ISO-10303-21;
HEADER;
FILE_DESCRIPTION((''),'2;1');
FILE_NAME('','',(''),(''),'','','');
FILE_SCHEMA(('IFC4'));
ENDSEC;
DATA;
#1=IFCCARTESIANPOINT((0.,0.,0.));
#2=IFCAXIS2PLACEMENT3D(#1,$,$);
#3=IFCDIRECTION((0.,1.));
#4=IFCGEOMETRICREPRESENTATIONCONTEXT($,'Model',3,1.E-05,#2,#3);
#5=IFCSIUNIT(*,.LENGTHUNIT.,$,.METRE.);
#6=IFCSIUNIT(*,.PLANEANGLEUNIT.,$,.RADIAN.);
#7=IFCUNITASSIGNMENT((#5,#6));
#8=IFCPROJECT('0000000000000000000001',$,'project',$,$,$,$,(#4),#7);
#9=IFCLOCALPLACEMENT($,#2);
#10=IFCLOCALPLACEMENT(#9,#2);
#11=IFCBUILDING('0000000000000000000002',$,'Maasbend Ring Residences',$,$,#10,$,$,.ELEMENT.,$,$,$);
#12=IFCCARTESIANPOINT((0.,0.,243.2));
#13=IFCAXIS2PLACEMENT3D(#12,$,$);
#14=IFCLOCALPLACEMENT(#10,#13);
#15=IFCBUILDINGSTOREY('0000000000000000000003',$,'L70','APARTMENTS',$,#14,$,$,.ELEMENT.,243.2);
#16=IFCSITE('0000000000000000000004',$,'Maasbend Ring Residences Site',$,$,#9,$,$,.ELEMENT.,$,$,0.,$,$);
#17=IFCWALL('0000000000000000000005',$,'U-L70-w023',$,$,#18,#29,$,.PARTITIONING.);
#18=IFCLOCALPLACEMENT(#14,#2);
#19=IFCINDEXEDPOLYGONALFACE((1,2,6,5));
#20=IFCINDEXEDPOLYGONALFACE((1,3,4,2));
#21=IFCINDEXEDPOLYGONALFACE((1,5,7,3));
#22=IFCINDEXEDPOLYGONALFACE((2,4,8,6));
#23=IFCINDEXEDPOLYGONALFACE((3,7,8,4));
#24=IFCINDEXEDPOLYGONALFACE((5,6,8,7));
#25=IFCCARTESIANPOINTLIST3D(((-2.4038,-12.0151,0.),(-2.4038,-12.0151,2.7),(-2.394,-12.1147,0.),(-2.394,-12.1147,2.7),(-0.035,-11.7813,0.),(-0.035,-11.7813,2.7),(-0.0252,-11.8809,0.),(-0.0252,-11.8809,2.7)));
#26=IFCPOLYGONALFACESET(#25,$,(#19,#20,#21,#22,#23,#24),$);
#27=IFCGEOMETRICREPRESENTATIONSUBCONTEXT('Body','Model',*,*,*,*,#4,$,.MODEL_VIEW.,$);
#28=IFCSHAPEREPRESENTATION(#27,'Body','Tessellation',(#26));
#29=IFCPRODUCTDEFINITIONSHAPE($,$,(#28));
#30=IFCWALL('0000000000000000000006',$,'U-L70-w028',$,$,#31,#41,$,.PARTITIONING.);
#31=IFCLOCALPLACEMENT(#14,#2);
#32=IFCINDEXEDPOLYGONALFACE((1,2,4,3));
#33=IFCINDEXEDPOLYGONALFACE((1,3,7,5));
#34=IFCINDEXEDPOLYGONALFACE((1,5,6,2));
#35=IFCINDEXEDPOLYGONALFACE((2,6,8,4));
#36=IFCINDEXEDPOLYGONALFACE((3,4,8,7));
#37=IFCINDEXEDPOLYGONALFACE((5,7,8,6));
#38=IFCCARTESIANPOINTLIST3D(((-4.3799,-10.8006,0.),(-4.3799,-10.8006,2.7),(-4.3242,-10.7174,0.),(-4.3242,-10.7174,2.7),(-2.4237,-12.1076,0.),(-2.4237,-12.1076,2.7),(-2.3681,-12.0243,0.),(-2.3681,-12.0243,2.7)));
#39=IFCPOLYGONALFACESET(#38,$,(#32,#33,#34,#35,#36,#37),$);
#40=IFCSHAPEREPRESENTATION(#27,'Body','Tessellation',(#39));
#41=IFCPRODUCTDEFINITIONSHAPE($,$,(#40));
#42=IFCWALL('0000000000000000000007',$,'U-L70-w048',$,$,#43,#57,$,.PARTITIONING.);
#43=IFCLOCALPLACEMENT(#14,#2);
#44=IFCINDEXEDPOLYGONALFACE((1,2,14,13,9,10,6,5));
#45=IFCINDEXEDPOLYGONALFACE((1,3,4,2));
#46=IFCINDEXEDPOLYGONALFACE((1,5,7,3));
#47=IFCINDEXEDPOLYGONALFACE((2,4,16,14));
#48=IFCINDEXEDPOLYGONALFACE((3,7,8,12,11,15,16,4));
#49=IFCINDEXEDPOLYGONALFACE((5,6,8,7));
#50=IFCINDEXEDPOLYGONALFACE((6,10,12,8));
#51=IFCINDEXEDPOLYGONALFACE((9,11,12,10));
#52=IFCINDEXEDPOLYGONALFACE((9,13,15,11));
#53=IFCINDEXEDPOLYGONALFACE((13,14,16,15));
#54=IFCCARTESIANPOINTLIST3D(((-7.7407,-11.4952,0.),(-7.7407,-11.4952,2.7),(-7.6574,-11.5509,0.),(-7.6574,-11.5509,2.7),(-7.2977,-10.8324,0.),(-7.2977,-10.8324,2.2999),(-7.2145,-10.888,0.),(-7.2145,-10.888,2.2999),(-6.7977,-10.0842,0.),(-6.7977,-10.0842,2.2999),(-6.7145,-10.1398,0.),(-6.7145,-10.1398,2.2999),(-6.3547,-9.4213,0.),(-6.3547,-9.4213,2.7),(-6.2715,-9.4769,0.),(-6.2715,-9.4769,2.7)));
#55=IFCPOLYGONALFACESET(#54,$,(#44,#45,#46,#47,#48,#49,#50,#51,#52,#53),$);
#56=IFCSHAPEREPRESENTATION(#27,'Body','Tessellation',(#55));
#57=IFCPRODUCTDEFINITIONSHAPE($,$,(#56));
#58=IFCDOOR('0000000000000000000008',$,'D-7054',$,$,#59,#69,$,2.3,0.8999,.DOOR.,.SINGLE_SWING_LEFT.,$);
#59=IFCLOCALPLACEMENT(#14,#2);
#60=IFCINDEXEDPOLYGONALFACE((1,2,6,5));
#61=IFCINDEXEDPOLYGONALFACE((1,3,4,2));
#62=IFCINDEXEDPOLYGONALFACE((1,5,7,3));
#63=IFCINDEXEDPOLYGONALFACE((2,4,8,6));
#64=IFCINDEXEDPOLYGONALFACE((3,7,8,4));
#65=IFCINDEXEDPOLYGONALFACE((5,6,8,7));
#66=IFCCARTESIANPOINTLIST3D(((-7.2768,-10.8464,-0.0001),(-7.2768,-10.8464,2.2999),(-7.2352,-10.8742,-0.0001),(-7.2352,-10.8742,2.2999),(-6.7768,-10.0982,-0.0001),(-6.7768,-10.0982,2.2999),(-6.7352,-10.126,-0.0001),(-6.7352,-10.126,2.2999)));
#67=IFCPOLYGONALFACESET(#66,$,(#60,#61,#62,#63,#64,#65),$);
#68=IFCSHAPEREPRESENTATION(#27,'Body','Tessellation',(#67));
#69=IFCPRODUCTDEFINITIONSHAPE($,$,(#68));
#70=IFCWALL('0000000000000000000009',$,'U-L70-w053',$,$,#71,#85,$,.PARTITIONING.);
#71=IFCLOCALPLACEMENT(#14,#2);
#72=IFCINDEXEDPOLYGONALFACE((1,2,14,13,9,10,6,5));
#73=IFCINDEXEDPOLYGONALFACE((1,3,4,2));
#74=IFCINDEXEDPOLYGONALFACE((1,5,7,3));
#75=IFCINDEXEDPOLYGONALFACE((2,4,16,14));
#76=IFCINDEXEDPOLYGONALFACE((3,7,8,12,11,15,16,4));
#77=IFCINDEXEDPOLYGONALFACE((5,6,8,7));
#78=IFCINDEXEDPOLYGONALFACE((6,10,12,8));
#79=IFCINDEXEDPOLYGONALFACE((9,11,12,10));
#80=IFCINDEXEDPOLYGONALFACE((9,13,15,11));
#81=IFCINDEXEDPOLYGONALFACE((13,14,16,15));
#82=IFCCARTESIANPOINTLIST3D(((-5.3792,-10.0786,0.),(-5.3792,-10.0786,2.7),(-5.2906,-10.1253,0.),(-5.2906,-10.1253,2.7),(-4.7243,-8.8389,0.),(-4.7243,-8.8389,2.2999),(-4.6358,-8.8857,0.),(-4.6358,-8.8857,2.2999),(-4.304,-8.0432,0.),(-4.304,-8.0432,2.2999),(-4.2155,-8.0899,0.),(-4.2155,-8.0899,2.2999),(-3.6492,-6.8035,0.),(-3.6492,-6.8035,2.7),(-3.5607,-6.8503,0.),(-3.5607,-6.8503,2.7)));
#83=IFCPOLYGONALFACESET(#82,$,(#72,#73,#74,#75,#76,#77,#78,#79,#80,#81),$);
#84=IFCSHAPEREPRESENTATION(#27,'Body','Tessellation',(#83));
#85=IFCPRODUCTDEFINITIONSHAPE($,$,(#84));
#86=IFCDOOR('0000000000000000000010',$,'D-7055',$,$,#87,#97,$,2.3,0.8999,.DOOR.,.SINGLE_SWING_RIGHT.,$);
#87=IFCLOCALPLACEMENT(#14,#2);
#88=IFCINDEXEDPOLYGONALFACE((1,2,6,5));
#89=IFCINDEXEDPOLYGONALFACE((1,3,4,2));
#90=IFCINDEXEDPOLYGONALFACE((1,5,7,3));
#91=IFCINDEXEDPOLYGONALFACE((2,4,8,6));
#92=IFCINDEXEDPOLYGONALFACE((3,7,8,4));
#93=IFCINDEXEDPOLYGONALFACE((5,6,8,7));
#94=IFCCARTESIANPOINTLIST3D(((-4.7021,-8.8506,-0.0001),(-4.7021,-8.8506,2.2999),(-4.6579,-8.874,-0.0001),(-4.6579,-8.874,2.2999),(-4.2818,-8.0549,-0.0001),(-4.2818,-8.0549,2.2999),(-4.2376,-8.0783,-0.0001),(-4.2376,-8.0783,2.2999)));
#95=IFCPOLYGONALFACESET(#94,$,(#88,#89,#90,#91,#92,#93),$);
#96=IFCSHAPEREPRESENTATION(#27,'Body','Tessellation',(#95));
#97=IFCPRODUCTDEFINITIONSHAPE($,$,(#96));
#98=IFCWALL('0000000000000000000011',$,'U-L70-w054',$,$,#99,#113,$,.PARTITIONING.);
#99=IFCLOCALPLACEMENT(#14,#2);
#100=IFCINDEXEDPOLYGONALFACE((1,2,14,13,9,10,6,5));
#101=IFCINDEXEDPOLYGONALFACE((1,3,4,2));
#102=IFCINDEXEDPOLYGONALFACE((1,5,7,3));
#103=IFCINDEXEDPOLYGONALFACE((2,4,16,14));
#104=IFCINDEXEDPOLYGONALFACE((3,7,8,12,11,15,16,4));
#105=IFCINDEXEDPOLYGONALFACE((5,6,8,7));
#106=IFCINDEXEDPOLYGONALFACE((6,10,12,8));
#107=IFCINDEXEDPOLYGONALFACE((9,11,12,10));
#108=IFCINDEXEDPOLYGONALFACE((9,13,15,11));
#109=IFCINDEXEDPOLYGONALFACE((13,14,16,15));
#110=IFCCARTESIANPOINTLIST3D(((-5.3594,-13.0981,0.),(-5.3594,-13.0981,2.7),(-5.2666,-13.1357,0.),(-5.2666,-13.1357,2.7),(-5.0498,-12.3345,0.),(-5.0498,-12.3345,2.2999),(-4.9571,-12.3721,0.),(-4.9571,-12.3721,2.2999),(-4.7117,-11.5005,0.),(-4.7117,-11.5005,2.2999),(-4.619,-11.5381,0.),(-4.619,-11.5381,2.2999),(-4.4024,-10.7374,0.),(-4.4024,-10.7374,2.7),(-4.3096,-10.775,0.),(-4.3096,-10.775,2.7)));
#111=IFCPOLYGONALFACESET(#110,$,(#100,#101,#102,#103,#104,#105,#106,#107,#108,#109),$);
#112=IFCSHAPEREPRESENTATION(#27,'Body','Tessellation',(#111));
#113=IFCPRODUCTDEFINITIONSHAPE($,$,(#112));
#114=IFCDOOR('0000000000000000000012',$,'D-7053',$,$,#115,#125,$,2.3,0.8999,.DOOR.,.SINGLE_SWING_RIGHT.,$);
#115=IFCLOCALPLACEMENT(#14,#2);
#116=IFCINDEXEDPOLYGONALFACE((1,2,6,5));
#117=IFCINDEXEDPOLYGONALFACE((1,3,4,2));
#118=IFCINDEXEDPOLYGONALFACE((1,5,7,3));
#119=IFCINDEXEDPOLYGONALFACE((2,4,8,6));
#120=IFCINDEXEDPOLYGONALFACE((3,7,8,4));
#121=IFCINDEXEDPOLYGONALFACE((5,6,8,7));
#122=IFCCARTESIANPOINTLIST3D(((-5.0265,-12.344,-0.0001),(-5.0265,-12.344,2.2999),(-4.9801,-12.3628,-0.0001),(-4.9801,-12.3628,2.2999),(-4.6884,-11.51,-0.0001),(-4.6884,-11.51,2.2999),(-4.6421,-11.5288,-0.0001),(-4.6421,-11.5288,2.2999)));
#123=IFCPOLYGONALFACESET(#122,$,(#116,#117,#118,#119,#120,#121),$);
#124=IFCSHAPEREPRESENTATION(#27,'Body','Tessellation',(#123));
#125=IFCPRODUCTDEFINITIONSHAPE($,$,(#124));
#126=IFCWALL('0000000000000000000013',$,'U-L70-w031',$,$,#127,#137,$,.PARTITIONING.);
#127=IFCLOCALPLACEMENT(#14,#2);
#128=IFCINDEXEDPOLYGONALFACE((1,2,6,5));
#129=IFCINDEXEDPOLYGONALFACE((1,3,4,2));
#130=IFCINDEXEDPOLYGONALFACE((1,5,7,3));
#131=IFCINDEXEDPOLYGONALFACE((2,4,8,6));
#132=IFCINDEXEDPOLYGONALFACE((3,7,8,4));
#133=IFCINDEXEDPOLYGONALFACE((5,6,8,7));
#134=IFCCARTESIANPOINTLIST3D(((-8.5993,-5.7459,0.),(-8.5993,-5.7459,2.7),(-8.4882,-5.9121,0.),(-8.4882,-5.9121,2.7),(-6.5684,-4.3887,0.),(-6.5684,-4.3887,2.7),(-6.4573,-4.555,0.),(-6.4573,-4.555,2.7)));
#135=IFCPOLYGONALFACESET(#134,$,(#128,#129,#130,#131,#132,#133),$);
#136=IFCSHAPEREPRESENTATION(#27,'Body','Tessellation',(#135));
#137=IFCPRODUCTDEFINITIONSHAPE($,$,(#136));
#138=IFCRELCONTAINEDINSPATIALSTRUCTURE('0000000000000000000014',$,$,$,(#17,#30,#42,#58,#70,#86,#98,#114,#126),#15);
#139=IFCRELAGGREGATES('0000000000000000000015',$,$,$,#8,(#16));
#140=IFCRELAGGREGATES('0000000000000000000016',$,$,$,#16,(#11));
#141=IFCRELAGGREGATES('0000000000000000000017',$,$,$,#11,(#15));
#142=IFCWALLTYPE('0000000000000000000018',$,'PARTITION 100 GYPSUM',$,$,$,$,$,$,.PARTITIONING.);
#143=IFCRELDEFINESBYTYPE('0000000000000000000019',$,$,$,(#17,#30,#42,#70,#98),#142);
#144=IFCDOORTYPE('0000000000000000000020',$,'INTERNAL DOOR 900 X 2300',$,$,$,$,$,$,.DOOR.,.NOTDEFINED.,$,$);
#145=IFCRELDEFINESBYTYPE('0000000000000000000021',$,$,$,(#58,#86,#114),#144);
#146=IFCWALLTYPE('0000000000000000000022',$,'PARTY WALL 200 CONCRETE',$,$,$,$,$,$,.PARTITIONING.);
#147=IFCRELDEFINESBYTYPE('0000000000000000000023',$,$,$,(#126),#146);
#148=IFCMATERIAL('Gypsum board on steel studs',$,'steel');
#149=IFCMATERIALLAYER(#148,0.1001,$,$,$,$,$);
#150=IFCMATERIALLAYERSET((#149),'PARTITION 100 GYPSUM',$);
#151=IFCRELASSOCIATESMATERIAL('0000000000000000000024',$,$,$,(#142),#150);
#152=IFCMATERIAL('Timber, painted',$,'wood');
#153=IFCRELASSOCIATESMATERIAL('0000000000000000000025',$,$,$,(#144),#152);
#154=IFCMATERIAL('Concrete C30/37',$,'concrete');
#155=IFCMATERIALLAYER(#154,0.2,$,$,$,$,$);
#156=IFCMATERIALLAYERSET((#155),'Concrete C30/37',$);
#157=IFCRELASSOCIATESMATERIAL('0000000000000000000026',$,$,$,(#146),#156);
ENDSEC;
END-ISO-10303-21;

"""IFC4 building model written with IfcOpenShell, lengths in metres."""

from ifc_helpers import new_model, si_unit, direction, frame, frame_2d, origin, place, context, subcontext, project, spatial, rectangle, extrude, material, layer, layer_set, type_object, element, fill, save


model = new_model("IFC4")

# Units and contexts
model_context = context("Model", 3, precision=1e-05, world=origin(), true_north=direction((0.0, 1.0)))
body_context = subcontext(model_context, "Body", "Model", "MODEL_VIEW")
ifc_project = project(units=[si_unit("LENGTHUNIT", "METRE"), si_unit("PLANEANGLEUNIT", "RADIAN")], contexts=[model_context])

# Site, building, storey
site_placement = place(None, origin())
site = spatial("IfcSite", under=ifc_project, at=site_placement, Name="Maasbend Ring Residences Site", CompositionType="ELEMENT", RefElevation=0.0)
building_placement = place(site_placement, origin())
building = spatial("IfcBuilding", under=site, at=building_placement, Name="Maasbend Ring Residences", CompositionType="ELEMENT")
storey_placement = place(building_placement, frame((0.0, 0.0, 243.2)))
storey = spatial("IfcBuildingStorey", under=building, at=storey_placement, Name="L70", Description="APARTMENTS", CompositionType="ELEMENT", Elevation=243.2)

# Walls
ifc_material_1 = material(Name="Gypsum board on steel studs", Category="steel")
ifc_layer_1 = layer(ifc_material_1, 0.1001)
ifc_layer_set_1 = layer_set([ifc_layer_1], Name="PARTITION 100 GYPSUM")
wall_type_1 = type_object("IfcWallType", Name="PARTITION 100 GYPSUM", PredefinedType="PARTITIONING", material=ifc_layer_set_1)
wall_1_placement = place(storey_placement, frame((-2.3989, -12.0649, 0.0), z_axis=(0.0, 0.0, 1.0), x_axis=(0.995161, 0.098255, 0.0)))
element("IfcWall", 1, at=wall_1_placement, inside=storey, type_object=wall_type_1, Name="U-L70-w023", PredefinedType="PARTITIONING", context=body_context, shape_type="SweptSolid", body=[
    extrude(rectangle(XDim=2.3804, YDim=0.1001, at=frame_2d((1.1902, 0.0))), origin(), (0.0, 0.0, 1.0), 2.7),
])
wall_2_placement = place(storey_placement, frame((-4.3521, -10.759, 0.0), z_axis=(0.0, 0.0, 1.0), x_axis=(0.831491, -0.555538, 0.0)))
element("IfcWall", 2, at=wall_2_placement, inside=storey, type_object=wall_type_1, Name="U-L70-w028", PredefinedType="PARTITIONING", context=body_context, shape_type="SweptSolid", body=[
    extrude(rectangle(XDim=2.3525, YDim=0.1001, at=frame_2d((1.1763, 0.0))), origin(), (0.0, 0.0, 1.0), 2.7),
])

# Walls, openings, doors
wall_3_placement = place(storey_placement, frame((-7.699, -11.5229, 0.0), z_axis=(0.0, 0.0, 1.0), x_axis=(0.555626, 0.831432, 0.0)))
wall_3 = element("IfcWall", 3, at=wall_3_placement, inside=storey, type_object=wall_type_1, Name="U-L70-w048", PredefinedType="PARTITIONING", context=body_context, shape_type="SweptSolid", body=[
    extrude(rectangle(XDim=2.4944, YDim=0.1001, at=frame_2d((1.2471, 0.0))), origin(), (0.0, 0.0, 1.0), 2.7),
])
opening_1_placement = place(wall_3_placement, frame((0.7971, 0.0, 0.0)))
opening_1 = element("IfcOpeningElement", 4, at=opening_1_placement, cuts=wall_3, PredefinedType="OPENING", context=body_context, shape_type="SweptSolid", body=[
    extrude(rectangle(XDim=0.8999, YDim=2.3, at=frame_2d((0.45, 1.1499))), frame((0.0, 0.0601, 0.0), z_axis=(0.0, -1.0, 0.0), x_axis=(1.0, 0.0, 0.0)), (0.0, 0.0, 1.0), 0.1201),
])
ifc_material_2 = material(Name="Timber, painted", Category="wood")
door_type = type_object("IfcDoorType", Name="INTERNAL DOOR 900 X 2300", OperationType="NOTDEFINED", PredefinedType="DOOR", material=ifc_material_2)
door_1_placement = place(opening_1_placement, origin())
door_1 = element("IfcDoor", 5, at=door_1_placement, inside=storey, type_object=door_type, Name="D-7054", OperationType="SINGLE_SWING_LEFT", OverallHeight=2.3, OverallWidth=0.8999, PredefinedType="DOOR", context=body_context, shape_type="SweptSolid", body=[
    extrude(rectangle(XDim=0.8999, YDim=2.3, at=frame_2d((0.45, 1.1499))), frame((0.0, 0.0249, 0.0), z_axis=(0.0, -1.0, 0.0), x_axis=(1.0, 0.0, 0.0)), (0.0, 0.0, 1.0), 0.05),
])
fill(opening_1, door_1)
wall_4_placement = place(storey_placement, frame((-5.335, -10.1021, 0.0), z_axis=(0.0, 0.0, 1.0), x_axis=(0.467061, 0.884225, 0.0)))
wall_4 = element("IfcWall", 6, at=wall_4_placement, inside=storey, type_object=wall_type_1, Name="U-L70-w053", PredefinedType="PARTITIONING", context=body_context, shape_type="SweptSolid", body=[
    extrude(rectangle(XDim=3.7039, YDim=0.1001, at=frame_2d((1.8521, 0.0))), origin(), (0.0, 0.0, 1.0), 2.7),
])
opening_2_placement = place(wall_4_placement, frame((1.4021, 0.0, 0.0)))
opening_2 = element("IfcOpeningElement", 7, at=opening_2_placement, cuts=wall_4, PredefinedType="OPENING", context=body_context, shape_type="SweptSolid", body=[
    extrude(rectangle(XDim=0.8999, YDim=2.3, at=frame_2d((0.45, 1.1499))), frame((0.0, 0.0601, 0.0), z_axis=(0.0, -1.0, 0.0), x_axis=(1.0, 0.0, 0.0)), (0.0, 0.0, 1.0), 0.1201),
])
door_2_placement = place(opening_2_placement, origin())
door_2 = element("IfcDoor", 8, at=door_2_placement, inside=storey, type_object=door_type, Name="D-7055", OperationType="SINGLE_SWING_RIGHT", OverallHeight=2.3, OverallWidth=0.8999, PredefinedType="DOOR", context=body_context, shape_type="SweptSolid", body=[
    extrude(rectangle(XDim=0.8999, YDim=2.3, at=frame_2d((0.45, 1.1499))), frame((0.0, 0.0249, 0.0), z_axis=(0.0, -1.0, 0.0), x_axis=(1.0, 0.0, 0.0)), (0.0, 0.0, 1.0), 0.05),
])
fill(opening_2, door_2)
wall_5_placement = place(storey_placement, frame((-5.313, -13.1169, 0.0), z_axis=(0.0, 0.0, 1.0), x_axis=(0.375683, 0.926748, 0.0)))
wall_5 = element("IfcWall", 9, at=wall_5_placement, inside=storey, type_object=wall_type_1, Name="U-L70-w054", PredefinedType="PARTITIONING", context=body_context, shape_type="SweptSolid", body=[
    extrude(rectangle(XDim=2.5474, YDim=0.1001, at=frame_2d((1.2737, 0.0))), origin(), (0.0, 0.0, 1.0), 2.7),
])
opening_3_placement = place(wall_5_placement, frame((0.824, 0.0, 0.0)))
opening_3 = element("IfcOpeningElement", 10, at=opening_3_placement, cuts=wall_5, PredefinedType="OPENING", context=body_context, shape_type="SweptSolid", body=[
    extrude(rectangle(XDim=0.8999, YDim=2.3, at=frame_2d((0.45, 1.1499))), frame((0.0, 0.0601, 0.0), z_axis=(0.0, -1.0, 0.0), x_axis=(1.0, 0.0, 0.0)), (0.0, 0.0, 1.0), 0.1201),
])
door_3_placement = place(opening_3_placement, origin())
door_3 = element("IfcDoor", 11, at=door_3_placement, inside=storey, type_object=door_type, Name="D-7053", OperationType="SINGLE_SWING_RIGHT", OverallHeight=2.3, OverallWidth=0.8999, PredefinedType="DOOR", context=body_context, shape_type="SweptSolid", body=[
    extrude(rectangle(XDim=0.8999, YDim=2.3, at=frame_2d((0.45, 1.1499))), frame((0.0, 0.0249, 0.0), z_axis=(0.0, -1.0, 0.0), x_axis=(1.0, 0.0, 0.0)), (0.0, 0.0, 1.0), 0.05),
])
fill(opening_3, door_3)

# Wall
ifc_material_3 = material(Name="Concrete C30/37", Category="concrete")
ifc_layer_2 = layer(ifc_material_3, 0.2)
ifc_layer_set_2 = layer_set([ifc_layer_2], Name="Concrete C30/37")
wall_type_2 = type_object("IfcWallType", Name="PARTY WALL 200 CONCRETE", PredefinedType="PARTITIONING", material=ifc_layer_set_2)
wall_6_placement = place(storey_placement, frame((-6.5129, -4.4719, 0.0), z_axis=(0.0, 0.0, 1.0), x_axis=(-0.83145, -0.555599, 0.0)))
element("IfcWall", 12, at=wall_6_placement, inside=storey, type_object=wall_type_2, Name="U-L70-w031", PredefinedType="PARTITIONING", context=body_context, shape_type="SweptSolid", body=[
    extrude(rectangle(XDim=2.4426, YDim=0.2, at=frame_2d((1.2212, 0.0))), origin(), (0.0, 0.0, 1.0), 2.7),
])

save(model, "model.ifc")
